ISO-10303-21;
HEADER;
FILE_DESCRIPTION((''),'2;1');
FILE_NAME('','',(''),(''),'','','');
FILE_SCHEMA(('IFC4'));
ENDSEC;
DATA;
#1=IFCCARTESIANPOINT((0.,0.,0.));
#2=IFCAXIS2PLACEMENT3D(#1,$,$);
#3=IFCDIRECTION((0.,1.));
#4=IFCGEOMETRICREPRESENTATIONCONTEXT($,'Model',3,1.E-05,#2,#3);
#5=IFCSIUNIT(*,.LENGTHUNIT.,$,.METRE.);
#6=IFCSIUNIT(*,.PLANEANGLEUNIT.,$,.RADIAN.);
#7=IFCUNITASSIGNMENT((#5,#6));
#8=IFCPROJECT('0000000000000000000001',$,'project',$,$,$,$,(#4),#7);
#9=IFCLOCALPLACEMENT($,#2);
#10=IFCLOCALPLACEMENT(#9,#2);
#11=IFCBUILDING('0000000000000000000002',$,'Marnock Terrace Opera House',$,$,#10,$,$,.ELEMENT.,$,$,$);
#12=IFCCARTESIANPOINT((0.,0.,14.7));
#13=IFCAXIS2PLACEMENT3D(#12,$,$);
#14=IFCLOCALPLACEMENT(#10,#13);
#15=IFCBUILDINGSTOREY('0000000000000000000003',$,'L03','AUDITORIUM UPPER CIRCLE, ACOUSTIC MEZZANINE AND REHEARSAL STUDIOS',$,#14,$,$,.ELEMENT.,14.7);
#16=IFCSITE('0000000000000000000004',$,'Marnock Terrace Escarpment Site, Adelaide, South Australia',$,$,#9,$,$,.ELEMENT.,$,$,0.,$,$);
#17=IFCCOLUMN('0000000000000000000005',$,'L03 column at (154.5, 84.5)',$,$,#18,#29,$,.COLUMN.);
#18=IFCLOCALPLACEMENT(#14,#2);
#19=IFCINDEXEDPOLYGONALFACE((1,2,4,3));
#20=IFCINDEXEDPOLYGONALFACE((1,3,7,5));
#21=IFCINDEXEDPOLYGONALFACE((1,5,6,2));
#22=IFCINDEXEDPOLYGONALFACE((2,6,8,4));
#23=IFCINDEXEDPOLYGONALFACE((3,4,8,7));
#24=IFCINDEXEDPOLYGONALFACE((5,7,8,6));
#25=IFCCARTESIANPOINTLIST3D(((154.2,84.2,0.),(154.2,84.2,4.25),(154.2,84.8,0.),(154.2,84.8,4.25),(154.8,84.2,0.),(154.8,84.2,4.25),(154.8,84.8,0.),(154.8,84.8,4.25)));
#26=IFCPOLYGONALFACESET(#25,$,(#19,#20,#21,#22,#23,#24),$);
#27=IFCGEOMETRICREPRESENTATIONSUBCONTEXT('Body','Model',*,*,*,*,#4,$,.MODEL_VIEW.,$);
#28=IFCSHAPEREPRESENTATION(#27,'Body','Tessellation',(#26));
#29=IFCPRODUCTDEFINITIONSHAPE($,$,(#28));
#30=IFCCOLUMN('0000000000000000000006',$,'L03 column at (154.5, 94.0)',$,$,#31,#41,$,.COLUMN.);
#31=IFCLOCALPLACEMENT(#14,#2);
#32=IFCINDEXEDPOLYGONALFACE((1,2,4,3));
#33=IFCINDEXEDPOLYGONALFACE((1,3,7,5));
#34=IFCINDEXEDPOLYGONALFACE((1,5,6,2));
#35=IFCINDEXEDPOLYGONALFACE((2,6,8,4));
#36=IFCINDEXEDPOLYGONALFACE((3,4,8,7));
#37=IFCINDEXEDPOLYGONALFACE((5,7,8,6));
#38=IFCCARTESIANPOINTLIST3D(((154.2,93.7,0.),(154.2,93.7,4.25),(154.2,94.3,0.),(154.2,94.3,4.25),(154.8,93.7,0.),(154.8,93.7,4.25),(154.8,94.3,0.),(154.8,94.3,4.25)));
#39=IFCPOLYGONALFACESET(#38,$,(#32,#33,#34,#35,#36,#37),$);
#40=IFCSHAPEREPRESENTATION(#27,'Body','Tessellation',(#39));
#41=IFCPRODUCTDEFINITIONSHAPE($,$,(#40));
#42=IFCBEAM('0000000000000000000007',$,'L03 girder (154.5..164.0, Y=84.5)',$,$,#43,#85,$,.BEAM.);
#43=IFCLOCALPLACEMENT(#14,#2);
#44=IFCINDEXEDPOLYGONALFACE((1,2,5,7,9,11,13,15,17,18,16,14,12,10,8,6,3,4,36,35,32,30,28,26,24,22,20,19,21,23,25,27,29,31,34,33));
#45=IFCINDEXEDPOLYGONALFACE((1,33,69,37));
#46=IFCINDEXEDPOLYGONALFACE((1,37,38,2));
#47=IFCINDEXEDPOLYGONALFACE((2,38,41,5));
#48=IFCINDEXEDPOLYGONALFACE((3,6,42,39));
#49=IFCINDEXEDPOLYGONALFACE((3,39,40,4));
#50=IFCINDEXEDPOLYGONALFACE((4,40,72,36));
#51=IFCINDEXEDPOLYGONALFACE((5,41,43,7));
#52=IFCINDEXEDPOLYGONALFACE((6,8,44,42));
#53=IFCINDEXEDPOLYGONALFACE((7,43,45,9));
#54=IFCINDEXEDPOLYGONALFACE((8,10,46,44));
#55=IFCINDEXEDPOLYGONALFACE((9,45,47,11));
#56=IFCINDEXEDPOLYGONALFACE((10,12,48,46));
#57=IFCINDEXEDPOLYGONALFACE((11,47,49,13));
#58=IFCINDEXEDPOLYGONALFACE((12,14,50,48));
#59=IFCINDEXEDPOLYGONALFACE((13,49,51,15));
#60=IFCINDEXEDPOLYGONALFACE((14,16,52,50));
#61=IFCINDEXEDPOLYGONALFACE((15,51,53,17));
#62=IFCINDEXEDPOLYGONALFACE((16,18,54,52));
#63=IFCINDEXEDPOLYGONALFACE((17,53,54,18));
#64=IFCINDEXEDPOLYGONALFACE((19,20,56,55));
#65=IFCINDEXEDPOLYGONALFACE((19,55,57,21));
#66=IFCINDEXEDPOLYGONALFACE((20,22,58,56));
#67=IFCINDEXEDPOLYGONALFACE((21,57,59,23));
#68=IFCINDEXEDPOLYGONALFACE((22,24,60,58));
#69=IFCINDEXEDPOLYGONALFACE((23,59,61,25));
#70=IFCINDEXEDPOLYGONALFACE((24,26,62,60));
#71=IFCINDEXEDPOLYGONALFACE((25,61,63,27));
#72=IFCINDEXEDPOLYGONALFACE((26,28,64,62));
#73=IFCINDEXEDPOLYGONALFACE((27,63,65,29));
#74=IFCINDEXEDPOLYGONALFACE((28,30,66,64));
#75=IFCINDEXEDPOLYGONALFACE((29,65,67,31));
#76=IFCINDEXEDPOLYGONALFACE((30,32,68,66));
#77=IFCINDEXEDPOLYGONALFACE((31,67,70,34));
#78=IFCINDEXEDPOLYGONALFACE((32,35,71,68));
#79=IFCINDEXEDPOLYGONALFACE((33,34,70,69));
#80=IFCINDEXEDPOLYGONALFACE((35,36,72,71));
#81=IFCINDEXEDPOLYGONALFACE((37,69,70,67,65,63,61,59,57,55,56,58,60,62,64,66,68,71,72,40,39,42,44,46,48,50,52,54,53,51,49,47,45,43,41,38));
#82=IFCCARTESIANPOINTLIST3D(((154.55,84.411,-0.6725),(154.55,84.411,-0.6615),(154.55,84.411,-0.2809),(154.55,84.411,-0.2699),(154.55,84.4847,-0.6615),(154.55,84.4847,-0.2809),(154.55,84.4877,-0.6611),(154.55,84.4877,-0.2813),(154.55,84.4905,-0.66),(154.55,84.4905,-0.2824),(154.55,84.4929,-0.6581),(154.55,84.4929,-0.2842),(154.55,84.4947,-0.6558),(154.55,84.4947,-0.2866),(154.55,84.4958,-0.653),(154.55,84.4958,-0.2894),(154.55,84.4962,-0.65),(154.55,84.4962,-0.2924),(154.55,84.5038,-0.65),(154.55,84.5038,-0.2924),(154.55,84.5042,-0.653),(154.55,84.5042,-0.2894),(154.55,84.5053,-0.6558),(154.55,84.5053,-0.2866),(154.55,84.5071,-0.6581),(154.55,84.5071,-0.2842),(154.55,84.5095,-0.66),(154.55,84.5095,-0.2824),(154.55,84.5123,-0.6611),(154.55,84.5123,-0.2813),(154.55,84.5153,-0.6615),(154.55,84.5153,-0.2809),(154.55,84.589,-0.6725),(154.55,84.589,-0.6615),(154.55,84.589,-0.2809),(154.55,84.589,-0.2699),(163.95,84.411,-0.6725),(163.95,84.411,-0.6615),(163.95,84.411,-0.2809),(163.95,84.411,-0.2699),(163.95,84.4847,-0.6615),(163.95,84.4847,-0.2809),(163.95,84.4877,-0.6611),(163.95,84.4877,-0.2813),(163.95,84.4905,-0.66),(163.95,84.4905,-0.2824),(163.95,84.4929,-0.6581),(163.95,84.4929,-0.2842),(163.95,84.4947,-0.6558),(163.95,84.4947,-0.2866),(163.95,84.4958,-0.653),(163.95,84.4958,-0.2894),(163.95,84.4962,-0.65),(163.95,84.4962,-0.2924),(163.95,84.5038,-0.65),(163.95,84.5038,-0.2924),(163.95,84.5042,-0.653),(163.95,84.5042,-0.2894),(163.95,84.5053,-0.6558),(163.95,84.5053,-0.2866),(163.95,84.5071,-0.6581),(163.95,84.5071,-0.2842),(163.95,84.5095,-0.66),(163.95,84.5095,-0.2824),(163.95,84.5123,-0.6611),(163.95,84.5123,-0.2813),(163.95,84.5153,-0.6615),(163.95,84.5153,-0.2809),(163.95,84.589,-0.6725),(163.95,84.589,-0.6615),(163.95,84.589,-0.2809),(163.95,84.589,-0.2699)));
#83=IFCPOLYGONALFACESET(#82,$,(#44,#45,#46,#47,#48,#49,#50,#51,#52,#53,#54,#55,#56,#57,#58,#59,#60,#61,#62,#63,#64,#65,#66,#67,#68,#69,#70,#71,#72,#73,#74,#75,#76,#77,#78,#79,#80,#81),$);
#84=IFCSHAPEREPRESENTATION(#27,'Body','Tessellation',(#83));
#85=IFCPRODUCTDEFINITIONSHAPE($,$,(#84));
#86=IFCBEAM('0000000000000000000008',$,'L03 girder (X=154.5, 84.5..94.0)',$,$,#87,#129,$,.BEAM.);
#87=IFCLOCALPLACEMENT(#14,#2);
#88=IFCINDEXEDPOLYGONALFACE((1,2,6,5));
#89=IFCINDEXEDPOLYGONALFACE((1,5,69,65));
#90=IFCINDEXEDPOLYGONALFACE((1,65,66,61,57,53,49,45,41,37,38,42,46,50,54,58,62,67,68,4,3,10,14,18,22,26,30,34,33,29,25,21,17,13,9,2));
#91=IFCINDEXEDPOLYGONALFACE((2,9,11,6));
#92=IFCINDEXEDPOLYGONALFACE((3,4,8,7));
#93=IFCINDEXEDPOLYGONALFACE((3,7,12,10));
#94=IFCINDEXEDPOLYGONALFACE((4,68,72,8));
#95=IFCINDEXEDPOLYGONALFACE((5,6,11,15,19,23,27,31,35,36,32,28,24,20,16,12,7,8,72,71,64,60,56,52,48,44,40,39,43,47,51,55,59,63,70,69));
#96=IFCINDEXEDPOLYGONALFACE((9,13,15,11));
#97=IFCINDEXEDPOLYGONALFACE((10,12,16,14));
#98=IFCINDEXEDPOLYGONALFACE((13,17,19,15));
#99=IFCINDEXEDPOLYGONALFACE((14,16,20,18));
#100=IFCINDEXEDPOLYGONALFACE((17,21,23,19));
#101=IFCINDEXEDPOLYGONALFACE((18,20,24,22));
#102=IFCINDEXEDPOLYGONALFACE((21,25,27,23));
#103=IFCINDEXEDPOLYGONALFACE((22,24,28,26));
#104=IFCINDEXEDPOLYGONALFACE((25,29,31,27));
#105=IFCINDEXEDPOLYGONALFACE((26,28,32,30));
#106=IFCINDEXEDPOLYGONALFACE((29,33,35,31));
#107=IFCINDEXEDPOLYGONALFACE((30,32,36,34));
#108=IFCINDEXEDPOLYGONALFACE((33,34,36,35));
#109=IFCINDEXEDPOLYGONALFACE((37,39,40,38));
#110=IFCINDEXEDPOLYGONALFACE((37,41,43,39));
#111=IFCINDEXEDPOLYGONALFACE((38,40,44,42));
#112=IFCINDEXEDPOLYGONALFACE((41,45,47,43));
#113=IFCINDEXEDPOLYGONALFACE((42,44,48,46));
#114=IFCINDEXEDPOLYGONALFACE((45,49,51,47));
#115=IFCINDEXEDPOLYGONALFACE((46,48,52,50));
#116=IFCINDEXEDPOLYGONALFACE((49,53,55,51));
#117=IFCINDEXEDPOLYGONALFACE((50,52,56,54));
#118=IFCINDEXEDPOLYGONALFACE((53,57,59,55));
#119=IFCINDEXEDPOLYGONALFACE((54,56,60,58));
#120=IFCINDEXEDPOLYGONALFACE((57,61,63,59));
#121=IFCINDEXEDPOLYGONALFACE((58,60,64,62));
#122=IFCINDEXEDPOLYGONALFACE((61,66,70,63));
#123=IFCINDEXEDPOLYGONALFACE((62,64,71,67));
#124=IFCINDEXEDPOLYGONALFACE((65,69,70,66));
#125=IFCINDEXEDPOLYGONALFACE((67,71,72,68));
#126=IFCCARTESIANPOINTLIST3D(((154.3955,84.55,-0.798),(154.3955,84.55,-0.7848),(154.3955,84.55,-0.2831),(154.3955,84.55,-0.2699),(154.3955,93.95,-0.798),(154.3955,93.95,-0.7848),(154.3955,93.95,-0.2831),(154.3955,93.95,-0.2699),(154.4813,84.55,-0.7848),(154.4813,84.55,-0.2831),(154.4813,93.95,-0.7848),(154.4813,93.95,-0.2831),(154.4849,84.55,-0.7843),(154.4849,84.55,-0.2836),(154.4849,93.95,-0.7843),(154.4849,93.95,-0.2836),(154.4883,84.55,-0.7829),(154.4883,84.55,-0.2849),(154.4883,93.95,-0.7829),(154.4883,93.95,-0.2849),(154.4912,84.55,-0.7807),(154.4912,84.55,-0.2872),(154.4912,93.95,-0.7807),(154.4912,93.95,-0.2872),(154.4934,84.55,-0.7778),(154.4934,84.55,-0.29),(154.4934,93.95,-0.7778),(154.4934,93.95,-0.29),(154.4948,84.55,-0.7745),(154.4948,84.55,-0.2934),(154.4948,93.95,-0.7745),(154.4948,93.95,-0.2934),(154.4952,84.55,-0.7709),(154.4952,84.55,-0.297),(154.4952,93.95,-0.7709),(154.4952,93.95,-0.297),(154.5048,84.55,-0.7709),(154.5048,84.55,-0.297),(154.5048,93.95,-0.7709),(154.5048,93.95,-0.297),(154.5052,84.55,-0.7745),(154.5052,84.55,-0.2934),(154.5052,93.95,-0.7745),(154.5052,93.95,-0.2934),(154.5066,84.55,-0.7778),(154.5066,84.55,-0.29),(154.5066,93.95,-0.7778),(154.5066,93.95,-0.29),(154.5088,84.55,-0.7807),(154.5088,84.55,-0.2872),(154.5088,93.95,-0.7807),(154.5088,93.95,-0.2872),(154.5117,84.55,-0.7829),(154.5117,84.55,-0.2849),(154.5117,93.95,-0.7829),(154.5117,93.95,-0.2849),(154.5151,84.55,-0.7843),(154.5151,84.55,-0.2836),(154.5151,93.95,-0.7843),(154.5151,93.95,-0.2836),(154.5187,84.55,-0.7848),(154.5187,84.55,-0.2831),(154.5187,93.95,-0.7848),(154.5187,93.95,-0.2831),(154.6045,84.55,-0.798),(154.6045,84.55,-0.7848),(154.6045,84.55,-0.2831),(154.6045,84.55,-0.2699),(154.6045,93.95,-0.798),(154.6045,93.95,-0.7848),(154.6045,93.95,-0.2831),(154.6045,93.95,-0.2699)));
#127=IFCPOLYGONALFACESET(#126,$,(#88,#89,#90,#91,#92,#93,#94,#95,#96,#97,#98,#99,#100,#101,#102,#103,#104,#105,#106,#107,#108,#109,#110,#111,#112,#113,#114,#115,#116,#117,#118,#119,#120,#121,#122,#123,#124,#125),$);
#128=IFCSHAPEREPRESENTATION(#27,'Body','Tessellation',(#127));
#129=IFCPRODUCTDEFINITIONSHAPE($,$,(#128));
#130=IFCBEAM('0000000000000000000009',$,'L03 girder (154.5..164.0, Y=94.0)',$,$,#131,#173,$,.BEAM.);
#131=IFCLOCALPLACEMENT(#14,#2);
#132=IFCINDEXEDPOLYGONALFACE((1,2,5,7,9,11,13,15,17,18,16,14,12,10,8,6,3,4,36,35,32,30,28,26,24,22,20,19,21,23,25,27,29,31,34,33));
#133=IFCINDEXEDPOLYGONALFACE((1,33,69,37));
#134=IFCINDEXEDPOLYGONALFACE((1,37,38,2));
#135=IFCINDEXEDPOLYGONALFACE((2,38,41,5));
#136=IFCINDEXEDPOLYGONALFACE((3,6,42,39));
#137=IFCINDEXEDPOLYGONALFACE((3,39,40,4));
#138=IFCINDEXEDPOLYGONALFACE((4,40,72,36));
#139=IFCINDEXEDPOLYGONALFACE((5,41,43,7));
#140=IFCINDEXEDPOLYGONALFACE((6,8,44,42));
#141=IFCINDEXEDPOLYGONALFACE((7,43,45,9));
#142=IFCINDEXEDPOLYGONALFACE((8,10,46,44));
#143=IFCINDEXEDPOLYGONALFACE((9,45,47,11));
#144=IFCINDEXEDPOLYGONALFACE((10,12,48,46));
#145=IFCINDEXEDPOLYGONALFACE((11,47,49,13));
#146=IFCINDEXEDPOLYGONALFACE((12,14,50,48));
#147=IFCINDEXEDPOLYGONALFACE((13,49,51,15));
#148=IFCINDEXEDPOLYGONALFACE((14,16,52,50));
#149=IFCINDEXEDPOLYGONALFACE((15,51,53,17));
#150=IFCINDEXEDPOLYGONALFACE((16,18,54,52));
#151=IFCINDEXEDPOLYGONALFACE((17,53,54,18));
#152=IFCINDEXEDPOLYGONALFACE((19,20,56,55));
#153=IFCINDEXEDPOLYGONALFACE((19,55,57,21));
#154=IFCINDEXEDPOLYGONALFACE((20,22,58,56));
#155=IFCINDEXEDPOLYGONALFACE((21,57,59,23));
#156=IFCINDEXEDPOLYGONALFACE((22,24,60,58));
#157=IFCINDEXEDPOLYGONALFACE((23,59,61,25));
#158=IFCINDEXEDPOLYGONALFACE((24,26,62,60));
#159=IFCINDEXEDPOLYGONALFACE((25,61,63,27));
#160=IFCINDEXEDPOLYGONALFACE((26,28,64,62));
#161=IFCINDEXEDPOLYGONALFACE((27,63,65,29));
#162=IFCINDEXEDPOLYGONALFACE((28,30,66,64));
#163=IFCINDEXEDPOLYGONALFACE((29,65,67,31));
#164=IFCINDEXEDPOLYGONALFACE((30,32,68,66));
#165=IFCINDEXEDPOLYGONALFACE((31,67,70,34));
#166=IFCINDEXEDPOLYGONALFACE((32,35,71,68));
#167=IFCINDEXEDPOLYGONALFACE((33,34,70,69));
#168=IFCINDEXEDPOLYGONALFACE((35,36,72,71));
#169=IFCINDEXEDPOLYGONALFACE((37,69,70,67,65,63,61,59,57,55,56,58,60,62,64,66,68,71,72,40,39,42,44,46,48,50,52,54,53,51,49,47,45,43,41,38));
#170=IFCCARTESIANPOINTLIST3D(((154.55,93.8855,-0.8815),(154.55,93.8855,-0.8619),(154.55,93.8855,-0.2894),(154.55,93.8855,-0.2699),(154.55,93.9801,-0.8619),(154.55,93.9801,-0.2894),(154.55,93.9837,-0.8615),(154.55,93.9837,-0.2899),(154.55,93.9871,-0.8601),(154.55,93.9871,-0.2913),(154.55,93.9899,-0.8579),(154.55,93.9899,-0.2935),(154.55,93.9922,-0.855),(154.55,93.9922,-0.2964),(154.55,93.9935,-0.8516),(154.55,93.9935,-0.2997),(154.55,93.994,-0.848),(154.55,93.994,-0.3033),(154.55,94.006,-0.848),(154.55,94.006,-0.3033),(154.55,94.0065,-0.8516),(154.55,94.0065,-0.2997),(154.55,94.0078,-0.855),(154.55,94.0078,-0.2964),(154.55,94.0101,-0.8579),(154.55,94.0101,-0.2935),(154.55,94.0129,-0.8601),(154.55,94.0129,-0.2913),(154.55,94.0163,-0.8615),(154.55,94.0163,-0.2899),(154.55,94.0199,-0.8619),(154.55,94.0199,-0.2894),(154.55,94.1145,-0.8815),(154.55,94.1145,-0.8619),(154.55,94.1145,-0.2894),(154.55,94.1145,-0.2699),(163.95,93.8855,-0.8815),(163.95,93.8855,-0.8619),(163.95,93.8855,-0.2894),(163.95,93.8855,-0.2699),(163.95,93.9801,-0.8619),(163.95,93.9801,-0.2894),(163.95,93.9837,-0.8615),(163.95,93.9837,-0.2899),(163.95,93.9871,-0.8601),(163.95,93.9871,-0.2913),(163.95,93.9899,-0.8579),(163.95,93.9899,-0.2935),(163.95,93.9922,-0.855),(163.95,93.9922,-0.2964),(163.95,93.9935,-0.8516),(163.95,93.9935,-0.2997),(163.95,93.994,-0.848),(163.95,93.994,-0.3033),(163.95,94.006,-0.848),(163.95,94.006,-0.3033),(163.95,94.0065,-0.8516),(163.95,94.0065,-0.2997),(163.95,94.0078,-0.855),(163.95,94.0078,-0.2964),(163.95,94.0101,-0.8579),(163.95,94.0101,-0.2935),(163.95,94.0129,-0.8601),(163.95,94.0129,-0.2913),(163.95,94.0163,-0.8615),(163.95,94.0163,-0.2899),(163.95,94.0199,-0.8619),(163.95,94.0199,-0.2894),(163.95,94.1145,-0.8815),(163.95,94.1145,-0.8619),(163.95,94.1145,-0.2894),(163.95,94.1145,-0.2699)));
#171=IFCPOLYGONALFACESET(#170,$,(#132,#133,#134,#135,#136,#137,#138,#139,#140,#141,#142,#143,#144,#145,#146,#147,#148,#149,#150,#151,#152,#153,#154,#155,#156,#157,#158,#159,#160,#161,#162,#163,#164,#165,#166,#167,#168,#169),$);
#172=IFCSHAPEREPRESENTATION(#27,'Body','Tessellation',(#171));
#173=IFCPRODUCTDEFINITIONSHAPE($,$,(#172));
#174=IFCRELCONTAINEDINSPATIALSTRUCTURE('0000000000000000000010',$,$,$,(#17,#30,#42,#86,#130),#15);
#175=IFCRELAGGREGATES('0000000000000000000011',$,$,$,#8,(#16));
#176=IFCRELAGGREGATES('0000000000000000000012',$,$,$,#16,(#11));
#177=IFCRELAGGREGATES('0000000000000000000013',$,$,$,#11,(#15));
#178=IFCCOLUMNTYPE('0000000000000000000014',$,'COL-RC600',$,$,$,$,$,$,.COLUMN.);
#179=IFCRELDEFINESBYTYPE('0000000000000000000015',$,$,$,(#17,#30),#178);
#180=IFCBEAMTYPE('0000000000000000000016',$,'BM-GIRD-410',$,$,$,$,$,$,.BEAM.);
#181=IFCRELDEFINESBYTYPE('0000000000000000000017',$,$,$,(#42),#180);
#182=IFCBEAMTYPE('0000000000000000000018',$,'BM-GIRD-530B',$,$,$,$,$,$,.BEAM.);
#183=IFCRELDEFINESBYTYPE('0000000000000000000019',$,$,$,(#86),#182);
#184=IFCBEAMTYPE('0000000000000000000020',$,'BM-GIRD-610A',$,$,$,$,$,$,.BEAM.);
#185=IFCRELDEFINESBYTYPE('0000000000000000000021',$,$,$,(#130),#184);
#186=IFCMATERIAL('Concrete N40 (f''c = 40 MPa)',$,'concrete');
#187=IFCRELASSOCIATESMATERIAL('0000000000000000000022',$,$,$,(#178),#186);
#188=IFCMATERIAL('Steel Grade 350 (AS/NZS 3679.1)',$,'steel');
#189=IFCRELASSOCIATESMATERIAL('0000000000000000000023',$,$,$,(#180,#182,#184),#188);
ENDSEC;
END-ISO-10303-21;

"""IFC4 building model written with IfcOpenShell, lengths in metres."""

from ifc_helpers import new_model, si_unit, direction, frame, origin, origin_2d, place, context, subcontext, project, spatial, rectangle, i_section, extrude, material, material_profile, profile_set, type_object, element, save


model = new_model("IFC4")

# Units and contexts
model_context = context("Model", 3, precision=1e-05, world=origin(), true_north=direction((0.0, 1.0)))
body_context = subcontext(model_context, "Body", "Model", "MODEL_VIEW")
ifc_project = project(units=[si_unit("LENGTHUNIT", "METRE"), si_unit("PLANEANGLEUNIT", "RADIAN")], contexts=[model_context])

# Site, building, storey
site_placement = place(None, origin())
site = spatial("IfcSite", under=ifc_project, at=site_placement, Name="Marnock Terrace Escarpment Site, Adelaide, South Australia", CompositionType="ELEMENT", RefElevation=0.0)
building_placement = place(site_placement, origin())
building = spatial("IfcBuilding", under=site, at=building_placement, Name="Marnock Terrace Opera House", CompositionType="ELEMENT")
storey_placement = place(building_placement, frame((0.0, 0.0, 14.7)))
storey = spatial("IfcBuildingStorey", under=building, at=storey_placement, Name="L03", Description="AUDITORIUM UPPER CIRCLE, ACOUSTIC MEZZANINE AND REHEARSAL STUDIOS", CompositionType="ELEMENT", Elevation=14.7)

# Columns
ifc_material_1 = material(Name="Concrete N40 (f'c = 40 MPa)", Category="concrete")
ifc_material_profile_1 = material_profile(ifc_material_1, rectangle(XDim=0.6001, YDim=0.6001, at=origin_2d()))
ifc_profile_set_1 = profile_set([ifc_material_profile_1], Name="Concrete N40 (f'c = 40 MPa)")
column_type = type_object("IfcColumnType", Name="COL-RC600", PredefinedType="COLUMN", material=ifc_profile_set_1)
for number, where, z_axis, x_axis, name in (
    (1, (154.5, 84.5, 0.0), (0.0, 0.0, 1.0), (1.0, 0.0, 0.0), "L03 column at (154.5, 84.5)"),
    (2, (154.5, 94.0, 0.0), (0.0, 0.0, 1.0), (1.0, 0.0, 0.0), "L03 column at (154.5, 94.0)"),
):
    element("IfcColumn", number, at=place(storey_placement, frame(where, z_axis=z_axis, x_axis=x_axis)), inside=storey, type_object=column_type, Name=name, PredefinedType="COLUMN", context=body_context, shape_type="SweptSolid", body=[
        extrude(rectangle(XDim=0.6001, YDim=0.6001, at=origin_2d()), origin(), (0.0, 0.0, 1.0), 4.25),
    ])

# Beams
ifc_material_2 = material(Name="Steel Grade 350 (AS/NZS 3679.1)", Category="steel")
ifc_material_profile_2 = material_profile(ifc_material_2, i_section(OverallWidth=0.178, OverallDepth=0.4026, WebThickness=0.0076, FlangeThickness=0.011, FilletRadius=0.0115, at=origin_2d()))
ifc_profile_set_2 = profile_set([ifc_material_profile_2], Name="Steel Grade 350 (AS/NZS 3679.1)")
beam_type_1 = type_object("IfcBeamType", Name="BM-GIRD-410", PredefinedType="BEAM", material=ifc_profile_set_2)
beam_1_placement = place(storey_placement, frame((154.55, 84.5, -0.4712), z_axis=(1.0, 0.0, 0.0), x_axis=(0.0, 1.0, 0.0)))
element("IfcBeam", 3, at=beam_1_placement, inside=storey, type_object=beam_type_1, Name="L03 girder (154.5..164.0, Y=84.5)", PredefinedType="BEAM", context=body_context, shape_type="SweptSolid", body=[
    extrude(i_section(OverallWidth=0.178, OverallDepth=0.4026, WebThickness=0.0076, FlangeThickness=0.011, FilletRadius=0.0115, at=origin_2d()), origin(), (0.0, 0.0, 1.0), 9.3999),
])
ifc_material_profile_3 = material_profile(ifc_material_2, i_section(OverallWidth=0.209, OverallDepth=0.5281, WebThickness=0.0095, FlangeThickness=0.0132, FilletRadius=0.0139, at=origin_2d()))
ifc_profile_set_3 = profile_set([ifc_material_profile_3], Name="Steel Grade 350 (AS/NZS 3679.1)")
beam_type_2 = type_object("IfcBeamType", Name="BM-GIRD-530B", PredefinedType="BEAM", material=ifc_profile_set_3)
beam_2_placement = place(storey_placement, frame((154.5, 84.55, -0.5339), z_axis=(0.0, 1.0, 0.0), x_axis=(-1.0, 0.0, 0.0)))
element("IfcBeam", 4, at=beam_2_placement, inside=storey, type_object=beam_type_2, Name="L03 girder (X=154.5, 84.5..94.0)", PredefinedType="BEAM", context=body_context, shape_type="SweptSolid", body=[
    extrude(i_section(OverallWidth=0.209, OverallDepth=0.5281, WebThickness=0.0095, FlangeThickness=0.0132, FilletRadius=0.0139, at=origin_2d()), origin(), (0.0, 0.0, 1.0), 9.3999),
])
ifc_material_profile_4 = material_profile(ifc_material_2, i_section(OverallWidth=0.229, OverallDepth=0.6116, WebThickness=0.012, FlangeThickness=0.0195, FilletRadius=0.0139, at=origin_2d()))
ifc_profile_set_4 = profile_set([ifc_material_profile_4], Name="Steel Grade 350 (AS/NZS 3679.1)")
beam_type_3 = type_object("IfcBeamType", Name="BM-GIRD-610A", PredefinedType="BEAM", material=ifc_profile_set_4)
beam_3_placement = place(storey_placement, frame((154.55, 94.0, -0.5757), z_axis=(1.0, 0.0, 0.0), x_axis=(0.0, 1.0, 0.0)))
element("IfcBeam", 5, at=beam_3_placement, inside=storey, type_object=beam_type_3, Name="L03 girder (154.5..164.0, Y=94.0)", PredefinedType="BEAM", context=body_context, shape_type="SweptSolid", body=[
    extrude(i_section(OverallWidth=0.229, OverallDepth=0.6116, WebThickness=0.012, FlangeThickness=0.0195, FilletRadius=0.0139, at=origin_2d()), origin(), (0.0, 0.0, 1.0), 9.3999),
])

save(model, "model.ifc")
